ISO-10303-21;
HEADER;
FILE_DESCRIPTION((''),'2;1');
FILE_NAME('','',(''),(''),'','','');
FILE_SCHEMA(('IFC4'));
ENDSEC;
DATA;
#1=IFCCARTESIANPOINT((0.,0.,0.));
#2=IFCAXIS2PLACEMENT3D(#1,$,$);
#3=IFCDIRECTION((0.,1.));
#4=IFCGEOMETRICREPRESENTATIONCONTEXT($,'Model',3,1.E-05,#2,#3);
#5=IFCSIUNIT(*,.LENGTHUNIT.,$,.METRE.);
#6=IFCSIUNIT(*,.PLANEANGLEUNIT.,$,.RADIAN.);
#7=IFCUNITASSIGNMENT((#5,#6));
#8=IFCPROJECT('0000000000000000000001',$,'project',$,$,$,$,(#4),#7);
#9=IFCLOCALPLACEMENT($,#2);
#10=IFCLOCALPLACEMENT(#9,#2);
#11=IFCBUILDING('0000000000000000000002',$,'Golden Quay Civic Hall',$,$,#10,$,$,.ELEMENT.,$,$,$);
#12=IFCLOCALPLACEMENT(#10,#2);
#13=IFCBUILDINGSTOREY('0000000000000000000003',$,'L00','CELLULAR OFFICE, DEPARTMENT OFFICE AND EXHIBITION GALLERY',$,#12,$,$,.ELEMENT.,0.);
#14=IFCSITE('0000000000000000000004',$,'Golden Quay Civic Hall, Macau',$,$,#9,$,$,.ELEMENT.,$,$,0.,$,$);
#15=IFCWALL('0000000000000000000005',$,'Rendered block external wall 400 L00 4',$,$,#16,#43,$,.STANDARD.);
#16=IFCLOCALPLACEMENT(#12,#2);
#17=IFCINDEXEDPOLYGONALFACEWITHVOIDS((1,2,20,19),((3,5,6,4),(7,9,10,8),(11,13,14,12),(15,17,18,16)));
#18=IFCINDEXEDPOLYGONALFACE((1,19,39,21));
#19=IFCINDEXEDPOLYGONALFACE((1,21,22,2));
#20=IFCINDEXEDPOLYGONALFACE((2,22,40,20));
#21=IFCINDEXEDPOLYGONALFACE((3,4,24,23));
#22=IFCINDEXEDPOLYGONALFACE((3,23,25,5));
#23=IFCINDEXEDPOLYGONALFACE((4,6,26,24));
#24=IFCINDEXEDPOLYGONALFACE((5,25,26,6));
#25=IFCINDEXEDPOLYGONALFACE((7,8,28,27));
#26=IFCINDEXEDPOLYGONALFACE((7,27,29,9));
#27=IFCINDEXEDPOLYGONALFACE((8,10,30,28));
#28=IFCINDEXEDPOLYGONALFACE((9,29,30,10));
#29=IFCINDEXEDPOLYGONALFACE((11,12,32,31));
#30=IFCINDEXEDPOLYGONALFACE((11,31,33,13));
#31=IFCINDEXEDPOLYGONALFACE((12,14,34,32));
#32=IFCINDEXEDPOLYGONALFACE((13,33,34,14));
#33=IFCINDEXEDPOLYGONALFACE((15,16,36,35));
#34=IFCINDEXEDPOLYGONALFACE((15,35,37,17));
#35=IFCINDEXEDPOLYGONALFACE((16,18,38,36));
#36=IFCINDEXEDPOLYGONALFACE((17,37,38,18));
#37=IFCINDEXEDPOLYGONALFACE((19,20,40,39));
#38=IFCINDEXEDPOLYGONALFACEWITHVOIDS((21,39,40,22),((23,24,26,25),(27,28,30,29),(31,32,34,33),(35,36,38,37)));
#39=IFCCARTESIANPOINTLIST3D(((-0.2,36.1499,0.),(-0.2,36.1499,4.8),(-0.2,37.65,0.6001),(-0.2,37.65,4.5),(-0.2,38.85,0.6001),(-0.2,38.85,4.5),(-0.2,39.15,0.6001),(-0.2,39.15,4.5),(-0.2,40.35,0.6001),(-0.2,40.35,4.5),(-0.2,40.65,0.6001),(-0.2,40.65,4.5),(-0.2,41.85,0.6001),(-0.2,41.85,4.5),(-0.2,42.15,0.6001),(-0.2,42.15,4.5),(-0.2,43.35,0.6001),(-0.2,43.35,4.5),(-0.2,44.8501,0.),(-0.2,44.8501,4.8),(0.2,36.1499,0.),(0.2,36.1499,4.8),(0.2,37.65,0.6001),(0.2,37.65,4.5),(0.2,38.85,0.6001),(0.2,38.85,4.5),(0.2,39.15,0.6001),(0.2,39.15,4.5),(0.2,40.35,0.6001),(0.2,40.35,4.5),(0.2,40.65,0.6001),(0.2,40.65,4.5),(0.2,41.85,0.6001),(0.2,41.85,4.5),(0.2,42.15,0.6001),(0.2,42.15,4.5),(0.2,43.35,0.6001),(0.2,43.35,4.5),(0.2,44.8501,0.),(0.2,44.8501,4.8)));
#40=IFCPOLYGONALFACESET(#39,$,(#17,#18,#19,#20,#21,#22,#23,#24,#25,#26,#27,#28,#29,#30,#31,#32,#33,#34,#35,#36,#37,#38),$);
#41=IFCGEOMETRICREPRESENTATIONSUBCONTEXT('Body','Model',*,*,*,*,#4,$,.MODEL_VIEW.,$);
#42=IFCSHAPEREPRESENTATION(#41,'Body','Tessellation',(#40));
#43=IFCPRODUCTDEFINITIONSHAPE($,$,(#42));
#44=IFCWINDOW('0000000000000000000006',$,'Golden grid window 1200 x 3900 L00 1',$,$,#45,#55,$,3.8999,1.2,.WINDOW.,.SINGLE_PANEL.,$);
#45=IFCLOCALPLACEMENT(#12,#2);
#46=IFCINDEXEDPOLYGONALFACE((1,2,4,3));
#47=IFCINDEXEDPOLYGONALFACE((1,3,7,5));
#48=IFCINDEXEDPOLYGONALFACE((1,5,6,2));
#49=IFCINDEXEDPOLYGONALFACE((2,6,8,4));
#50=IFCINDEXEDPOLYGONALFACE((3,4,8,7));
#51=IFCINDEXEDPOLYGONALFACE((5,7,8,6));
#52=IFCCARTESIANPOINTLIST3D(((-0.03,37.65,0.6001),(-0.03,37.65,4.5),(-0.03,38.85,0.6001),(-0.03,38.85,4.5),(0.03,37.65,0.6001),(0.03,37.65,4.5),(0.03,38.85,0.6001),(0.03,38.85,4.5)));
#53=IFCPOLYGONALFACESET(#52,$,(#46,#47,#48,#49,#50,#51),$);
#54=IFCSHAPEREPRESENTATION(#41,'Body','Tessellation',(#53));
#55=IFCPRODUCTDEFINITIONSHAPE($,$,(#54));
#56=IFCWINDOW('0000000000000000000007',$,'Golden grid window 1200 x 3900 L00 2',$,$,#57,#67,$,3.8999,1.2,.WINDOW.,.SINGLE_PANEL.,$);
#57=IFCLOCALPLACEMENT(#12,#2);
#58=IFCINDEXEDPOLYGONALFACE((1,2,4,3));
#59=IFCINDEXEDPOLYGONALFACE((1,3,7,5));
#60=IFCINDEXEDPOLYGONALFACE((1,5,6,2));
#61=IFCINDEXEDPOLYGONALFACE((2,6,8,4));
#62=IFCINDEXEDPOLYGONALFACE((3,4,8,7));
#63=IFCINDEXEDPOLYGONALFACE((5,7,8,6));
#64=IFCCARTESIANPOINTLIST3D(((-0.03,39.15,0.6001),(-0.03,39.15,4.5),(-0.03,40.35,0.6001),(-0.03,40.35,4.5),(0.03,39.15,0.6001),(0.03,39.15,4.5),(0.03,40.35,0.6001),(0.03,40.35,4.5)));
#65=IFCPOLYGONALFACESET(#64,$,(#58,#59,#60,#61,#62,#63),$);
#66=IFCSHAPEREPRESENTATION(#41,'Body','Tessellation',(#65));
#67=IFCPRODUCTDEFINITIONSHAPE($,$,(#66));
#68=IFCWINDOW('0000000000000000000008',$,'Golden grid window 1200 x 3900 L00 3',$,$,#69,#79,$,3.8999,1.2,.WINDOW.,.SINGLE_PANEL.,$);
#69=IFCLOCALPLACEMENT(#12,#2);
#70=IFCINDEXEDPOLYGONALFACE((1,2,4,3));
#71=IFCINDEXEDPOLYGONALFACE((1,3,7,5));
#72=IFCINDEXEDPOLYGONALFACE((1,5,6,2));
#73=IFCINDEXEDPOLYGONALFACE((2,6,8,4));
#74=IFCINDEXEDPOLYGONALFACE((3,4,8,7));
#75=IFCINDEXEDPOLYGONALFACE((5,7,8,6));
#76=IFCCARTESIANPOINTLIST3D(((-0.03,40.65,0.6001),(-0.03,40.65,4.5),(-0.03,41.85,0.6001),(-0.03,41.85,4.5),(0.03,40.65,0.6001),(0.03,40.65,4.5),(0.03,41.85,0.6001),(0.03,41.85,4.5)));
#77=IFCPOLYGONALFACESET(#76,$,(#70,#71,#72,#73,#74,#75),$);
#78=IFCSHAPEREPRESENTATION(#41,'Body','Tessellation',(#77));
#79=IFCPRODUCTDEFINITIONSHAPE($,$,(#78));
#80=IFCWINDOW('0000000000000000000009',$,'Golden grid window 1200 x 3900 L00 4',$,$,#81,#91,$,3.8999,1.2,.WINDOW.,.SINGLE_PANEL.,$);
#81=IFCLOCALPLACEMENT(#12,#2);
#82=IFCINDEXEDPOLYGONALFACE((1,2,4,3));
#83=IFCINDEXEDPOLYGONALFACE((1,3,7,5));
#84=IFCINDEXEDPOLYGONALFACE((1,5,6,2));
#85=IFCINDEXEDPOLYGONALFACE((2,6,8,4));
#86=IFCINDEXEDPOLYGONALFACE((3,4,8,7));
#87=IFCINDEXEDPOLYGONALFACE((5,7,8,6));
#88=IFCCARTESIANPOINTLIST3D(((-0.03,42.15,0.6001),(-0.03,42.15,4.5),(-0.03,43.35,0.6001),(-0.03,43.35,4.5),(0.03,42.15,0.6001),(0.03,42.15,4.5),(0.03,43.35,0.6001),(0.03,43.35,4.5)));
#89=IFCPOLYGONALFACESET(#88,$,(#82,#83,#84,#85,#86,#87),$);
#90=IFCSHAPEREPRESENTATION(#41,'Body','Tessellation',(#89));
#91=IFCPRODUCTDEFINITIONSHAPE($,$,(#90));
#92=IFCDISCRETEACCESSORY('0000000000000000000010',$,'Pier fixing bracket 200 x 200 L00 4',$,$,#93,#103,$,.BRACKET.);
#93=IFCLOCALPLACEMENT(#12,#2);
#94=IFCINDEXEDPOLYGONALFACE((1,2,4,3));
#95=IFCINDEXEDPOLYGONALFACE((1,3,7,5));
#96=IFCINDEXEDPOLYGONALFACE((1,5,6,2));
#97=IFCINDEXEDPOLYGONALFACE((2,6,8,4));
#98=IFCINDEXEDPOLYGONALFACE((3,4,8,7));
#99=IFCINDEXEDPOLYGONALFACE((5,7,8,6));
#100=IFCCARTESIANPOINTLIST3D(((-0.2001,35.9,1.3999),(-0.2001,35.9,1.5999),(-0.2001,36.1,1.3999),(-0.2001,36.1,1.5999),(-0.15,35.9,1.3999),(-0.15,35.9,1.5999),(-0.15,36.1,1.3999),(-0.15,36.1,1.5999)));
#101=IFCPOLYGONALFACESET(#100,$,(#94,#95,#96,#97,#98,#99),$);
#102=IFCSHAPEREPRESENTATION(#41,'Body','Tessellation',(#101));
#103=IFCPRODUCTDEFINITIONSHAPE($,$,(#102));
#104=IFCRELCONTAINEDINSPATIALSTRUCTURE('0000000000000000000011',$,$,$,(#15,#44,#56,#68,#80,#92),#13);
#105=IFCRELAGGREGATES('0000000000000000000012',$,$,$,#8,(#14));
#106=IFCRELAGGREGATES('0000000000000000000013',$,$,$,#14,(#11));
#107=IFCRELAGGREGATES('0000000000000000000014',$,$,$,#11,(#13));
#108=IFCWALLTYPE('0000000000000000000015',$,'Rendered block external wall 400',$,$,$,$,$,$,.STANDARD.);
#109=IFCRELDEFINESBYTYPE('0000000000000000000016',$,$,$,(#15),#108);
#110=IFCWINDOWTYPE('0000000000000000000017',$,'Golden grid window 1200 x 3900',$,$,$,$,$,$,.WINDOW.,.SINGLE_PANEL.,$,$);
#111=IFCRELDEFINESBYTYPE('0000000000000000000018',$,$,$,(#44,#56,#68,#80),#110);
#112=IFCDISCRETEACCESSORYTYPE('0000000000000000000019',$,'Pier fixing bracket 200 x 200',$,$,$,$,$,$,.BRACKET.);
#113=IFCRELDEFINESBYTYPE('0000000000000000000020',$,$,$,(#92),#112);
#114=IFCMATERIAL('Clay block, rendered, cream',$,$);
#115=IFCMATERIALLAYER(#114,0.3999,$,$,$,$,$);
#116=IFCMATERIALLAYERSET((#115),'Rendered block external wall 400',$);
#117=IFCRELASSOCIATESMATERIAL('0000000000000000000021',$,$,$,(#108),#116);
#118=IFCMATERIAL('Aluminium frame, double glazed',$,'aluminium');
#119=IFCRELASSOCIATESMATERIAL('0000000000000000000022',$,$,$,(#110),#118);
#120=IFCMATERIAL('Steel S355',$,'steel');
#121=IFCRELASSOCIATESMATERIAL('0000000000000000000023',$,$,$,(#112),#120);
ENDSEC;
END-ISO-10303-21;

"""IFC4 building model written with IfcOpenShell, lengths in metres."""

from ifc_helpers import new_model, si_unit, direction, frame, frame_2d, origin, origin_2d, place, context, subcontext, project, spatial, rectangle, extrude, material, layer, layer_set, type_object, element, fill, save


model = new_model("IFC4")

# Units and contexts
model_context = context("Model", 3, precision=1e-05, world=origin(), true_north=direction((0.0, 1.0)))
body_context = subcontext(model_context, "Body", "Model", "MODEL_VIEW")
ifc_project = project(units=[si_unit("LENGTHUNIT", "METRE"), si_unit("PLANEANGLEUNIT", "RADIAN")], contexts=[model_context])

# Site, building, storey
site_placement = place(None, origin())
site = spatial("IfcSite", under=ifc_project, at=site_placement, Name="Golden Quay Civic Hall, Macau", CompositionType="ELEMENT", RefElevation=0.0)
building_placement = place(site_placement, origin())
building = spatial("IfcBuilding", under=site, at=building_placement, Name="Golden Quay Civic Hall", CompositionType="ELEMENT")
storey_placement = place(building_placement, origin())
storey = spatial("IfcBuildingStorey", under=building, at=storey_placement, Name="L00", Description="CELLULAR OFFICE, DEPARTMENT OFFICE AND EXHIBITION GALLERY", CompositionType="ELEMENT", Elevation=0.0)

# Wall, openings, windows
ifc_material_1 = material(Name="Clay block, rendered, cream")
ifc_layer_1 = layer(ifc_material_1, 0.3999)
ifc_layer_set_1 = layer_set([ifc_layer_1], Name="Rendered block external wall 400")
wall_type_1 = type_object("IfcWallType", Name="Rendered block external wall 400", PredefinedType="STANDARD", material=ifc_layer_set_1)
wall_1_placement = place(storey_placement, frame((0.0, 36.1499, 0.0), z_axis=(0.0, 0.0, 1.0), x_axis=(0.0, 1.0, 0.0)))
wall_1 = element("IfcWall", 1, at=wall_1_placement, inside=storey, type_object=wall_type_1, Name="Rendered block external wall 400 L00 4", PredefinedType="STANDARD", context=body_context, shape_type="SweptSolid", body=[
    extrude(rectangle(XDim=8.7002, YDim=0.3999, at=frame_2d((4.3501, 0.0))), origin(), (0.0, 0.0, 1.0), 4.8),
])
opening_1_placement = place(wall_1_placement, frame((1.5, 0.0, 0.6001)))
opening_1 = element("IfcOpeningElement", 2, at=opening_1_placement, cuts=wall_1, PredefinedType="OPENING", context=body_context, shape_type="SweptSolid", body=[
    extrude(rectangle(XDim=1.2, YDim=3.8999, at=frame_2d((0.6001, 1.95))), frame((0.0, 0.21, 0.0), z_axis=(0.0, -1.0, 0.0), x_axis=(1.0, 0.0, 0.0)), (0.0, 0.0, 1.0), 0.4199),
])
opening_2_placement = place(wall_1_placement, frame((3.0, 0.0, 0.6001)))
opening_2 = element("IfcOpeningElement", 3, at=opening_2_placement, cuts=wall_1, PredefinedType="OPENING", context=body_context, shape_type="SweptSolid", body=[
    extrude(rectangle(XDim=1.2, YDim=3.8999, at=frame_2d((0.6001, 1.95))), frame((0.0, 0.21, 0.0), z_axis=(0.0, -1.0, 0.0), x_axis=(1.0, 0.0, 0.0)), (0.0, 0.0, 1.0), 0.4199),
])
opening_3_placement = place(wall_1_placement, frame((4.5, 0.0, 0.6001)))
opening_3 = element("IfcOpeningElement", 4, at=opening_3_placement, cuts=wall_1, PredefinedType="OPENING", context=body_context, shape_type="SweptSolid", body=[
    extrude(rectangle(XDim=1.2, YDim=3.8999, at=frame_2d((0.6001, 1.95))), frame((0.0, 0.21, 0.0), z_axis=(0.0, -1.0, 0.0), x_axis=(1.0, 0.0, 0.0)), (0.0, 0.0, 1.0), 0.4199),
])
opening_4_placement = place(wall_1_placement, frame((6.0, 0.0, 0.6001)))
opening_4 = element("IfcOpeningElement", 5, at=opening_4_placement, cuts=wall_1, PredefinedType="OPENING", context=body_context, shape_type="SweptSolid", body=[
    extrude(rectangle(XDim=1.2, YDim=3.8999, at=frame_2d((0.6001, 1.95))), frame((0.0, 0.21, 0.0), z_axis=(0.0, -1.0, 0.0), x_axis=(1.0, 0.0, 0.0)), (0.0, 0.0, 1.0), 0.4199),
])
ifc_material_2 = material(Name="Aluminium frame, double glazed", Category="aluminium")
window_type = type_object("IfcWindowType", Name="Golden grid window 1200 x 3900", PartitioningType="SINGLE_PANEL", PredefinedType="WINDOW", material=ifc_material_2)
window_1_placement = place(opening_1_placement, origin())
window_1 = element("IfcWindow", 6, at=window_1_placement, inside=storey, type_object=window_type, Name="Golden grid window 1200 x 3900 L00 1", OverallHeight=3.8999, OverallWidth=1.2, PartitioningType="SINGLE_PANEL", PredefinedType="WINDOW", context=body_context, shape_type="SweptSolid", body=[
    extrude(rectangle(XDim=1.2, YDim=3.8999, at=frame_2d((0.6001, 1.95))), frame((0.0, 0.03, 0.0), z_axis=(0.0, -1.0, 0.0), x_axis=(1.0, 0.0, 0.0)), (0.0, 0.0, 1.0), 0.0601),
])
fill(opening_1, window_1)
window_2_placement = place(opening_2_placement, origin())
window_2 = element("IfcWindow", 7, at=window_2_placement, inside=storey, type_object=window_type, Name="Golden grid window 1200 x 3900 L00 2", OverallHeight=3.8999, OverallWidth=1.2, PartitioningType="SINGLE_PANEL", PredefinedType="WINDOW", context=body_context, shape_type="SweptSolid", body=[
    extrude(rectangle(XDim=1.2, YDim=3.8999, at=frame_2d((0.6001, 1.95))), frame((0.0, 0.03, 0.0), z_axis=(0.0, -1.0, 0.0), x_axis=(1.0, 0.0, 0.0)), (0.0, 0.0, 1.0), 0.0601),
])
fill(opening_2, window_2)
window_3_placement = place(opening_3_placement, origin())
window_3 = element("IfcWindow", 8, at=window_3_placement, inside=storey, type_object=window_type, Name="Golden grid window 1200 x 3900 L00 3", OverallHeight=3.8999, OverallWidth=1.2, PartitioningType="SINGLE_PANEL", PredefinedType="WINDOW", context=body_context, shape_type="SweptSolid", body=[
    extrude(rectangle(XDim=1.2, YDim=3.8999, at=frame_2d((0.6001, 1.95))), frame((0.0, 0.03, 0.0), z_axis=(0.0, -1.0, 0.0), x_axis=(1.0, 0.0, 0.0)), (0.0, 0.0, 1.0), 0.0601),
])
fill(opening_3, window_3)
window_4_placement = place(opening_4_placement, origin())
window_4 = element("IfcWindow", 9, at=window_4_placement, inside=storey, type_object=window_type, Name="Golden grid window 1200 x 3900 L00 4", OverallHeight=3.8999, OverallWidth=1.2, PartitioningType="SINGLE_PANEL", PredefinedType="WINDOW", context=body_context, shape_type="SweptSolid", body=[
    extrude(rectangle(XDim=1.2, YDim=3.8999, at=frame_2d((0.6001, 1.95))), frame((0.0, 0.03, 0.0), z_axis=(0.0, -1.0, 0.0), x_axis=(1.0, 0.0, 0.0)), (0.0, 0.0, 1.0), 0.0601),
])
fill(opening_4, window_4)

# Discrete accessory
ifc_material_3 = material(Name="Steel S355", Category="steel")
discrete_accessory_type = type_object("IfcDiscreteAccessoryType", Name="Pier fixing bracket 200 x 200", PredefinedType="BRACKET", material=ifc_material_3)
discrete_accessory_placement = place(storey_placement, frame((-0.175, 36.0, 1.3999), z_axis=(0.0, 0.0, 1.0), x_axis=(0.0, -1.0, 0.0)))
element("IfcDiscreteAccessory", 10, at=discrete_accessory_placement, inside=storey, type_object=discrete_accessory_type, Name="Pier fixing bracket 200 x 200 L00 4", PredefinedType="BRACKET", context=body_context, shape_type="SweptSolid", body=[
    extrude(rectangle(XDim=0.2, YDim=0.05, at=origin_2d()), origin(), (0.0, 0.0, 1.0), 0.2),
])

save(model, "model.ifc")
